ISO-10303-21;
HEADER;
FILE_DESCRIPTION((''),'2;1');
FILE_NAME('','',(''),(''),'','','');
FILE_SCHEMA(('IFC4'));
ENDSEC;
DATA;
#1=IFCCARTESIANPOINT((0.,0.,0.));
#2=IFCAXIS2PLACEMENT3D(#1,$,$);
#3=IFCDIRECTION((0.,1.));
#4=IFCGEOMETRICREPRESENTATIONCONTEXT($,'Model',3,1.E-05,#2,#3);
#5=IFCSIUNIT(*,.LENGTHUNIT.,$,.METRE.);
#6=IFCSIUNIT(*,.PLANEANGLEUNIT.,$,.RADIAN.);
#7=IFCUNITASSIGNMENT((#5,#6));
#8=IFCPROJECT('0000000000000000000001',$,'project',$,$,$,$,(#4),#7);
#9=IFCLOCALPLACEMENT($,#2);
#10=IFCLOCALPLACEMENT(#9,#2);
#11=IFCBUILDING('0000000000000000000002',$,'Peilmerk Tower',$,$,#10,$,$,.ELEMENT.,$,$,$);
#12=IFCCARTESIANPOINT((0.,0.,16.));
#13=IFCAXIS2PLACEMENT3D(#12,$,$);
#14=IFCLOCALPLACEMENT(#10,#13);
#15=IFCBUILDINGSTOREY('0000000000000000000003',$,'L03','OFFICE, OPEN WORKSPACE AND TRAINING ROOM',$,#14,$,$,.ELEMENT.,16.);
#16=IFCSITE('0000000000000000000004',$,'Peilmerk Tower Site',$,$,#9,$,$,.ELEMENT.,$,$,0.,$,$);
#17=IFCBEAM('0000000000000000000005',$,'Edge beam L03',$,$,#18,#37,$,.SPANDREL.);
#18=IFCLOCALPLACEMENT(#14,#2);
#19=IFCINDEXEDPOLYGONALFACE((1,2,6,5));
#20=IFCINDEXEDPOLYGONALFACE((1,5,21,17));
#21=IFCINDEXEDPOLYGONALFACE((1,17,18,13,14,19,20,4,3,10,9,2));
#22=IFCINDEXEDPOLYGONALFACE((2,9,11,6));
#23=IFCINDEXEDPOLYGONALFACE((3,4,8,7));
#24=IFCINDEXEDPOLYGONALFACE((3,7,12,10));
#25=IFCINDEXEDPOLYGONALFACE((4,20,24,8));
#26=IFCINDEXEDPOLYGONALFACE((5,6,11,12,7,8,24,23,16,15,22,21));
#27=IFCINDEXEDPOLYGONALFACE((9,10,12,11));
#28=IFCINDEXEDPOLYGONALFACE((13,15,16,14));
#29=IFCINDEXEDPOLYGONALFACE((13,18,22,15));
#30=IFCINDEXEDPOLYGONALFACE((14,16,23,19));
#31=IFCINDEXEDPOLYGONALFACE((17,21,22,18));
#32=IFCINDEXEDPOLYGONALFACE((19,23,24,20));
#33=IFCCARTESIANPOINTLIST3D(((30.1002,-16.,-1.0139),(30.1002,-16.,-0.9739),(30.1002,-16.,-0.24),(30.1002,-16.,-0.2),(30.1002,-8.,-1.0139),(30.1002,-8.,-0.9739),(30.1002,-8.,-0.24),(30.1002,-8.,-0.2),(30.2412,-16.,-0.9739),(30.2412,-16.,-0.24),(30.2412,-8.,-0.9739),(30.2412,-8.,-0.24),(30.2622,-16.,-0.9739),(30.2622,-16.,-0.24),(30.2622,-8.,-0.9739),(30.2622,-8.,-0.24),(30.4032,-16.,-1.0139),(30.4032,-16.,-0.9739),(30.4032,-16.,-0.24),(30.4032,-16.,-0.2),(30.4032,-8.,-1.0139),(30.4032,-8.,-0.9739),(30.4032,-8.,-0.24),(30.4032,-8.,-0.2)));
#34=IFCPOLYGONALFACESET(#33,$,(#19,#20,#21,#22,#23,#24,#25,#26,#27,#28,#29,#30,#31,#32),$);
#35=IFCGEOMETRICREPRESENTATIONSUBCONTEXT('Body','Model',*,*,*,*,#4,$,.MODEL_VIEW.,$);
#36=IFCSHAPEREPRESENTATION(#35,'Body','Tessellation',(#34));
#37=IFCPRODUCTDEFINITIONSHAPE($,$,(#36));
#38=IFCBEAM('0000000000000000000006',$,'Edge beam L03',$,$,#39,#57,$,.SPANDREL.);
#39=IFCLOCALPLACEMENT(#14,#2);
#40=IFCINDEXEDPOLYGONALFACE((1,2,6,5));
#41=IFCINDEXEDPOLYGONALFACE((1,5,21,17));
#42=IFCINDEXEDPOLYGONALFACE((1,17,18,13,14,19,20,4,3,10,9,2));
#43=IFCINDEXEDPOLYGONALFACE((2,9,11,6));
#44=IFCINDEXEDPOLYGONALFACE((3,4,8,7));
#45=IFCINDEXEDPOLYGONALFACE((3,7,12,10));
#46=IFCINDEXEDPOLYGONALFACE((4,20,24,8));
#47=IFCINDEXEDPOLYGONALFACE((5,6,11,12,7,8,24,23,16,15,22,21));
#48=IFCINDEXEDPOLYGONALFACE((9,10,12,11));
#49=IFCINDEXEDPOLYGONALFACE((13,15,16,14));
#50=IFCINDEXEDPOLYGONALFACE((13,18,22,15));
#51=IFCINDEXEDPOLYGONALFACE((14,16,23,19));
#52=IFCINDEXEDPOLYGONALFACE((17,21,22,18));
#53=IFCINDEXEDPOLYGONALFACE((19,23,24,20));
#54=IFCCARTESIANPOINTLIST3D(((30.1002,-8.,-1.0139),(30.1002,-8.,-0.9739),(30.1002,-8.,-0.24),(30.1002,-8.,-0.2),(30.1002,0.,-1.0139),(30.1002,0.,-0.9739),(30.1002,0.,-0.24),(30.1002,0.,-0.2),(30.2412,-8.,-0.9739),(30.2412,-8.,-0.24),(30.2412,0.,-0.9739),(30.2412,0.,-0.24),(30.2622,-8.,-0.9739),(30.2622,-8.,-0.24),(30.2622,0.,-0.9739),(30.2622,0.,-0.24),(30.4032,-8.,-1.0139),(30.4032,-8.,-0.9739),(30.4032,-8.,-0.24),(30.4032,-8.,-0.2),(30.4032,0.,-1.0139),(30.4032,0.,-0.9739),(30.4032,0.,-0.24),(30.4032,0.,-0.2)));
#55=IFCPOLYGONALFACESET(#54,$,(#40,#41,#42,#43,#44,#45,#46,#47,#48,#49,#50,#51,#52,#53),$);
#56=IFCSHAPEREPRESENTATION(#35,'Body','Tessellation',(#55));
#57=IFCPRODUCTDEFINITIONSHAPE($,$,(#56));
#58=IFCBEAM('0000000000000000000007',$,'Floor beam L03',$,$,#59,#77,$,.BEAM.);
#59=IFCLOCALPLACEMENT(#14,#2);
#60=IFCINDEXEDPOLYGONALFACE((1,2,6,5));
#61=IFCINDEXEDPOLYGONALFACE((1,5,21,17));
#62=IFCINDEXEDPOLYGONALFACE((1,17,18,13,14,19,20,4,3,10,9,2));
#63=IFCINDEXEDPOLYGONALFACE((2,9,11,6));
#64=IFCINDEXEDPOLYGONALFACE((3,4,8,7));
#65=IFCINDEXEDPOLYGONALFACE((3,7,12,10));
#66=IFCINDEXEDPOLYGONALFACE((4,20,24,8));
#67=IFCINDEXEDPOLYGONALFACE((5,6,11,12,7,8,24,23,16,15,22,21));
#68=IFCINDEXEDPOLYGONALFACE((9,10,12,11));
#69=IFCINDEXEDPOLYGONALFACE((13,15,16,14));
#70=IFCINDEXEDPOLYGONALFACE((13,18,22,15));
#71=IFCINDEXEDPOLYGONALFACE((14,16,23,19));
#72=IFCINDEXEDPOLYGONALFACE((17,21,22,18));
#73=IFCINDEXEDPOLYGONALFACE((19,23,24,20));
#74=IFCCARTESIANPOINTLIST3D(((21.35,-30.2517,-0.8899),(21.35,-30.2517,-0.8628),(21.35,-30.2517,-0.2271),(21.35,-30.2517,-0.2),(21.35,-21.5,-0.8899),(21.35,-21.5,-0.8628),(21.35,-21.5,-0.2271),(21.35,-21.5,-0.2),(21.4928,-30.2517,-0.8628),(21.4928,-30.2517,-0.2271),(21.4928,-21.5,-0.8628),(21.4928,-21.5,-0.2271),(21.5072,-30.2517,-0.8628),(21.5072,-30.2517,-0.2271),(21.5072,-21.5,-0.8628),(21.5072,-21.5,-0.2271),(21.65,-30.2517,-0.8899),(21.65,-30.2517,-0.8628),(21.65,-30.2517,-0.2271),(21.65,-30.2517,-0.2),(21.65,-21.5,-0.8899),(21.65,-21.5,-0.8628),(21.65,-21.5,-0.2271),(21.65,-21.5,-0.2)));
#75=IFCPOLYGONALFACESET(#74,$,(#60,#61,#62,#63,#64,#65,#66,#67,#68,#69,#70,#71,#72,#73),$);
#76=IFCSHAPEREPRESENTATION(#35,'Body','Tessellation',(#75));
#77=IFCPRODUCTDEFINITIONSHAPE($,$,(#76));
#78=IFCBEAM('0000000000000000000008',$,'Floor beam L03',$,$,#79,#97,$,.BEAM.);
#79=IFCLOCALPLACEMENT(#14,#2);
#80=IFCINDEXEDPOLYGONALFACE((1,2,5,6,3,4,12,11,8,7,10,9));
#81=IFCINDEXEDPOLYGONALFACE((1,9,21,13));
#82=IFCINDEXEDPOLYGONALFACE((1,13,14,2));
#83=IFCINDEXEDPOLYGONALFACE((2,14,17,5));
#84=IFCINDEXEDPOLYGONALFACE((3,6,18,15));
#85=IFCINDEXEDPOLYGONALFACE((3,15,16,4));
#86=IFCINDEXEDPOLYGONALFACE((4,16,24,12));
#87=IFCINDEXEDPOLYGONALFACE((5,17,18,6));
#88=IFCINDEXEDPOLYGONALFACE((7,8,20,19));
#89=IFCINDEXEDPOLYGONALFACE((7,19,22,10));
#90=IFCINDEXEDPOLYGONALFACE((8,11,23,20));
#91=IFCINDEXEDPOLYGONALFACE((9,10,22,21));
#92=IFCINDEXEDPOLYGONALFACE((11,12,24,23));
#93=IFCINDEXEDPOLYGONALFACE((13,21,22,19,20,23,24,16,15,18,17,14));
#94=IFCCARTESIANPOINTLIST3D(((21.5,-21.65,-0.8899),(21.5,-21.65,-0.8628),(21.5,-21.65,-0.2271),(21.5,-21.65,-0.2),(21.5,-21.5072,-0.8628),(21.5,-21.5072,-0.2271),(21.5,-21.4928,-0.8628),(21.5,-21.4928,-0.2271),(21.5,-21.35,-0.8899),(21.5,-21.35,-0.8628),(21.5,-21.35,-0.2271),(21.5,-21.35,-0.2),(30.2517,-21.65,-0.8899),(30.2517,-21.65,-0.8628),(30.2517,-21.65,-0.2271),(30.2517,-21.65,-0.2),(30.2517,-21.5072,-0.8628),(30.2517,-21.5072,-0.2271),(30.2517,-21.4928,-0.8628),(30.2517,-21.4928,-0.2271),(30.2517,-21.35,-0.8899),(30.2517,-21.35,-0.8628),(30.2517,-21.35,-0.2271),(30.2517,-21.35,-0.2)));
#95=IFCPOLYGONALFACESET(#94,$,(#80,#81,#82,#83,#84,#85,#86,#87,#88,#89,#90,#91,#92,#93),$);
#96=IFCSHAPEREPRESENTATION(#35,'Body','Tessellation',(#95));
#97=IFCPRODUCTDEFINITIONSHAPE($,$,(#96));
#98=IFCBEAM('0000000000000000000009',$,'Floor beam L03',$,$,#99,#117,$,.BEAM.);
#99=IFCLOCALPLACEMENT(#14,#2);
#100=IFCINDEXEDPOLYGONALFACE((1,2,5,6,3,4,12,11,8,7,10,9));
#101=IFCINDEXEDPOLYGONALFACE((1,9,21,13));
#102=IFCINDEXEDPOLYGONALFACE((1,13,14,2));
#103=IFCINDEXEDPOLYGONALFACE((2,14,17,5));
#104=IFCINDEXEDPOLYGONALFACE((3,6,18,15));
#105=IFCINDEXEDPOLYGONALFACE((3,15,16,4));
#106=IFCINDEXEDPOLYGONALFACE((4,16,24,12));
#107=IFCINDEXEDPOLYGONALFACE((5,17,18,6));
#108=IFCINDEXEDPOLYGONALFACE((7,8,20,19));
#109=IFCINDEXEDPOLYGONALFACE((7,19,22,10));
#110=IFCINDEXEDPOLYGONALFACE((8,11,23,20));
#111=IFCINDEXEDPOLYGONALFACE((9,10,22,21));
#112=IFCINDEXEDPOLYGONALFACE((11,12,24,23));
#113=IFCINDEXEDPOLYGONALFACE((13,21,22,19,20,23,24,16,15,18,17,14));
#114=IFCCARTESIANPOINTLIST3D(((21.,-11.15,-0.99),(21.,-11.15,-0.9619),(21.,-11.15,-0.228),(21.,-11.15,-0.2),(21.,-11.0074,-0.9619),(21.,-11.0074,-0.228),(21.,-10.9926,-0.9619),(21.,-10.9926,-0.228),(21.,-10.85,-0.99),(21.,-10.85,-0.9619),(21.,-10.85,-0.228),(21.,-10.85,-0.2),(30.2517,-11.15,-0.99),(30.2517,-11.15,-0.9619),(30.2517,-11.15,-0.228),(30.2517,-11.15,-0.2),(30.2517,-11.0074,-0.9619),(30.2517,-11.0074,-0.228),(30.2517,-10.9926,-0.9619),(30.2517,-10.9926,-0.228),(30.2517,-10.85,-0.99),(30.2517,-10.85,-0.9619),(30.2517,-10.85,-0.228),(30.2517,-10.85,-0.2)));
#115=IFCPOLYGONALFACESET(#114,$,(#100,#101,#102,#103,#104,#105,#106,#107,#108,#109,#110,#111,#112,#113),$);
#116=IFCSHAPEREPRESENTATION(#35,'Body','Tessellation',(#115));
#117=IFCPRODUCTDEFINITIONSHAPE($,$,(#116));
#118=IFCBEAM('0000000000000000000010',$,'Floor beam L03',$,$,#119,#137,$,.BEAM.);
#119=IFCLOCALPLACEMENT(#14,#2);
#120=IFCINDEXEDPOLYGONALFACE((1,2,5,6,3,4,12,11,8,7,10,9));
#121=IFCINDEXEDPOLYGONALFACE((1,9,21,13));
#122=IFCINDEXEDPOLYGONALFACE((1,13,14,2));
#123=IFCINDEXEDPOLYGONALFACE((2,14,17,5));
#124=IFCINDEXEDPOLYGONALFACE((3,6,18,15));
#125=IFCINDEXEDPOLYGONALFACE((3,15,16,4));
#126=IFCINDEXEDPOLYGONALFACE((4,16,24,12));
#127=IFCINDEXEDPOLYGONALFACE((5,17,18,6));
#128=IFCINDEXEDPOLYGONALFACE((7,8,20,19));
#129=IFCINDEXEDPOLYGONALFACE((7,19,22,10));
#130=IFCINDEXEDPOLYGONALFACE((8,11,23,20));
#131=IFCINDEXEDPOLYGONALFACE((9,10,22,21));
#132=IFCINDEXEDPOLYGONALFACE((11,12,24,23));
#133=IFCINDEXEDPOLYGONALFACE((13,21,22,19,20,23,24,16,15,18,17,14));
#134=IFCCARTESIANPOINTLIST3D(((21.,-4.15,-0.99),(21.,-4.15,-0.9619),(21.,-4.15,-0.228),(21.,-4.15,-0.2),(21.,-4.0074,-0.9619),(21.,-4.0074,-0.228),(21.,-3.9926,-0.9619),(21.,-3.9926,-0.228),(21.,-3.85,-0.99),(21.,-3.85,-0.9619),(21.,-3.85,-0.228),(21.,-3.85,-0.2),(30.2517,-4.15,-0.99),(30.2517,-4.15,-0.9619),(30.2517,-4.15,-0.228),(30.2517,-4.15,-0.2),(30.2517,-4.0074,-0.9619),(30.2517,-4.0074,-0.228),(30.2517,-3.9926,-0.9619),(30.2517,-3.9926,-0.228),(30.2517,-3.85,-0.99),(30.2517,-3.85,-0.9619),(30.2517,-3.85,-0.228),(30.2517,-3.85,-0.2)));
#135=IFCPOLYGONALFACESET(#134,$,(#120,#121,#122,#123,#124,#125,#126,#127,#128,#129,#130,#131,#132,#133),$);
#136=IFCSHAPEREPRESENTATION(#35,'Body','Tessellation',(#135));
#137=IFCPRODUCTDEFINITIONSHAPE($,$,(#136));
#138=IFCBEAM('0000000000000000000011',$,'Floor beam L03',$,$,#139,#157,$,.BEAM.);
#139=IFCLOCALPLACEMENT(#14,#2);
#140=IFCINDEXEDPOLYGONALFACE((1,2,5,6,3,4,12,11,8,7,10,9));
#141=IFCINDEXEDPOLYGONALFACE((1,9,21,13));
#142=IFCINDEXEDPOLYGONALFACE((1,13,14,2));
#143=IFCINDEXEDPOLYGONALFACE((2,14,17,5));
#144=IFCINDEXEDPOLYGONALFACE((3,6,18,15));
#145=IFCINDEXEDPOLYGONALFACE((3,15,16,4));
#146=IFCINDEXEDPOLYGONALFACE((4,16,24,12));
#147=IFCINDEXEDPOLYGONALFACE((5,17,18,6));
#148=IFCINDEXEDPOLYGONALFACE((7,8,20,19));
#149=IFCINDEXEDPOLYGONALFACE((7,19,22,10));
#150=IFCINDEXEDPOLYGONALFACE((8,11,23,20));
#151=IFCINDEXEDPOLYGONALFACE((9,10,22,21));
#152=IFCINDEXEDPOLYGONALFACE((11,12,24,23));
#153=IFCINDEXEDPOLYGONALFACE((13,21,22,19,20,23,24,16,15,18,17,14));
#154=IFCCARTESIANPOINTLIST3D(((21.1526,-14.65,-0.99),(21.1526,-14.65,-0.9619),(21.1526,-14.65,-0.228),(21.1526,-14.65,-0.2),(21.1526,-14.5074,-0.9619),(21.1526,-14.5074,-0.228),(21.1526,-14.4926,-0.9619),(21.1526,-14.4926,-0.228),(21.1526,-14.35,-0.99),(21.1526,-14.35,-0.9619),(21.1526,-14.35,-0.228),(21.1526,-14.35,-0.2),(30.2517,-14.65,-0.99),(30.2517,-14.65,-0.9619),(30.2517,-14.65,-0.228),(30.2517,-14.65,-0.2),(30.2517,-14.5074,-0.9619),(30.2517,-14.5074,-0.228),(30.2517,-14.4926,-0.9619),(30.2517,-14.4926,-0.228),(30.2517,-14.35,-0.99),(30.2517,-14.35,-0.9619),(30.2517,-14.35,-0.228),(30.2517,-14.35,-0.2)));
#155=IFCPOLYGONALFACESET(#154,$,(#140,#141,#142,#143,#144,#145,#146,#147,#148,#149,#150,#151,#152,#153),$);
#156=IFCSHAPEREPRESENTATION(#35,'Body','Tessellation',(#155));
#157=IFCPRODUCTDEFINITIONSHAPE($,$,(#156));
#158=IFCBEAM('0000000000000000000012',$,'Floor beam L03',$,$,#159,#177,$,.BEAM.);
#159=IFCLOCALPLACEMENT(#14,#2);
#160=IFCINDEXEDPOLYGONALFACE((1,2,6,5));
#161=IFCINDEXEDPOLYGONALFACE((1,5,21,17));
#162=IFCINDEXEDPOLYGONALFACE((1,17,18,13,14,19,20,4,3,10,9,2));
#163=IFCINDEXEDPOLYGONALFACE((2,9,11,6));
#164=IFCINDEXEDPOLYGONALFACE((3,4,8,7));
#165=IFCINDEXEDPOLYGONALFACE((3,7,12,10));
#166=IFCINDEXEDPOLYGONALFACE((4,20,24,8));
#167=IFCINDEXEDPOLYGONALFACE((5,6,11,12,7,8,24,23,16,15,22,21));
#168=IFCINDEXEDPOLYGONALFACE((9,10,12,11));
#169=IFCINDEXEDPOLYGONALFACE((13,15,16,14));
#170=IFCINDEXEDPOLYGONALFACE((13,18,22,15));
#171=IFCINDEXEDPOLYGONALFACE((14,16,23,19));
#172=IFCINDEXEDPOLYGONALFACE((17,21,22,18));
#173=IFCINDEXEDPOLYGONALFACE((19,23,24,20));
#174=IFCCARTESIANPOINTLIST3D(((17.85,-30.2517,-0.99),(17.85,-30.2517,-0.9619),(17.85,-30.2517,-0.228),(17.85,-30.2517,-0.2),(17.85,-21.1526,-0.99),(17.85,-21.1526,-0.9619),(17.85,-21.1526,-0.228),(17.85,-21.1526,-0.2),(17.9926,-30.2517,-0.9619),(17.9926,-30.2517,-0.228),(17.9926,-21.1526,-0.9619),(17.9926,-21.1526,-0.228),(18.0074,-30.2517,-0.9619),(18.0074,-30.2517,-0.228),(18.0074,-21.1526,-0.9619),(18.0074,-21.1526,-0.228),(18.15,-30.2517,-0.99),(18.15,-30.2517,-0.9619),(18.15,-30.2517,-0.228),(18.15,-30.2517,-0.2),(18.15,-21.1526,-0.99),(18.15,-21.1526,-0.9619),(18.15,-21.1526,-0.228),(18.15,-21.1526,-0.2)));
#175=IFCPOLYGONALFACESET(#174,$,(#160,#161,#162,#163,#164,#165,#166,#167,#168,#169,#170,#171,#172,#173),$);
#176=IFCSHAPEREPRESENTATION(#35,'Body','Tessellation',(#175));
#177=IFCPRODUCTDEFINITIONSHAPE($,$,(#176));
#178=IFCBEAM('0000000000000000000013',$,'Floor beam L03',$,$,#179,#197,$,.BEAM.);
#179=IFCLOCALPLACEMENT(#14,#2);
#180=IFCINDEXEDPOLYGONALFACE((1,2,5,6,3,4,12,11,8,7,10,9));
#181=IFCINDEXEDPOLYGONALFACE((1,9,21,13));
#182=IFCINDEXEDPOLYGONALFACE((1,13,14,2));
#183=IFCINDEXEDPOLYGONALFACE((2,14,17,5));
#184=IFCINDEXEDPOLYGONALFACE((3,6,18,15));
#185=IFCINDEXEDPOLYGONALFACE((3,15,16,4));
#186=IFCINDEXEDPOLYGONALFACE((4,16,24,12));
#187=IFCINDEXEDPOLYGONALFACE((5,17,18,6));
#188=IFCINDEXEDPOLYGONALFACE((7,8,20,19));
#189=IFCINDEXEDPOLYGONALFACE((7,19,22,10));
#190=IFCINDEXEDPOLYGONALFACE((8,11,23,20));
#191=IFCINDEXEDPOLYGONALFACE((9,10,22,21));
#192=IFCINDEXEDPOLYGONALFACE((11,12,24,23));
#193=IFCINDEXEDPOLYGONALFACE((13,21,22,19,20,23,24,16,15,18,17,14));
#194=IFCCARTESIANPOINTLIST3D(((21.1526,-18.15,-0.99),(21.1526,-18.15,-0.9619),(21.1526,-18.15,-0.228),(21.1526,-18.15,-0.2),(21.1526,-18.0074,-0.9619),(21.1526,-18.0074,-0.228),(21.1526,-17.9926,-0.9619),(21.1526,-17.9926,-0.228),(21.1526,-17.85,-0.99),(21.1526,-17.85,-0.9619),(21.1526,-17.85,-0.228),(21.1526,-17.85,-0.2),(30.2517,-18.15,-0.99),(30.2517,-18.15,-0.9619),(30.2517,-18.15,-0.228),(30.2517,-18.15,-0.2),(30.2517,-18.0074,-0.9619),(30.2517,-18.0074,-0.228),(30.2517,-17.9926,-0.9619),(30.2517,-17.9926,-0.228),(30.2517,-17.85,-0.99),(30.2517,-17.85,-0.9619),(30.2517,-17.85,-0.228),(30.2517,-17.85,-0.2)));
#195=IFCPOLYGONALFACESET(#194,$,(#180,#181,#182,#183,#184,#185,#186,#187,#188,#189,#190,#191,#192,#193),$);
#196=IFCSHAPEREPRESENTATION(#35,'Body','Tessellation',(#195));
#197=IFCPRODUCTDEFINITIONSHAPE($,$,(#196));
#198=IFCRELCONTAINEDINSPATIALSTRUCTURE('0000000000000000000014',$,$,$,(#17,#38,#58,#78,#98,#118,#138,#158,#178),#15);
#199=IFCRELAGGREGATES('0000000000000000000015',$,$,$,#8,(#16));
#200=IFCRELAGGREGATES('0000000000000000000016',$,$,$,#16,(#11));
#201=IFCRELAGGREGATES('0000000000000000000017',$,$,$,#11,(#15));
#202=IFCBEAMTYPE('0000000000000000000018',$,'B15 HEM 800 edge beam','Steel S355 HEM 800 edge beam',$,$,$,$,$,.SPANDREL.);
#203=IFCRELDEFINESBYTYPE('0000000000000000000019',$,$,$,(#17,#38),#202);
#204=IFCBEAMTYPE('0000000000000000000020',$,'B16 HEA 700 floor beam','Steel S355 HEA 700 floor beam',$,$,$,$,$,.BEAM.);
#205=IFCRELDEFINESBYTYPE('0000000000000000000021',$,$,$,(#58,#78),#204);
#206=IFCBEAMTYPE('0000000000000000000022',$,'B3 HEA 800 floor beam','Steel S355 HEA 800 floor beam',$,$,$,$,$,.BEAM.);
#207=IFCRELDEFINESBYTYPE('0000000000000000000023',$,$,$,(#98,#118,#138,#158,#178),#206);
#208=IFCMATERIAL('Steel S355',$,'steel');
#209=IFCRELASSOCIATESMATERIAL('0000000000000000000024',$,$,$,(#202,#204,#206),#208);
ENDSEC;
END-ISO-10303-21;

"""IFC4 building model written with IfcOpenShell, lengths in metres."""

from ifc_helpers import new_model, si_unit, direction, frame, origin, origin_2d, place, context, subcontext, project, spatial, i_section, extrude, material, material_profile, profile_set, type_object, element, save


model = new_model("IFC4")

# Units and contexts
model_context = context("Model", 3, precision=1e-05, world=origin(), true_north=direction((0.0, 1.0)))
body_context = subcontext(model_context, "Body", "Model", "MODEL_VIEW")
ifc_project = project(units=[si_unit("LENGTHUNIT", "METRE"), si_unit("PLANEANGLEUNIT", "RADIAN")], contexts=[model_context])

# Site, building, storey
site_placement = place(None, origin())
site = spatial("IfcSite", under=ifc_project, at=site_placement, Name="Peilmerk Tower Site", CompositionType="ELEMENT", RefElevation=0.0)
building_placement = place(site_placement, origin())
building = spatial("IfcBuilding", under=site, at=building_placement, Name="Peilmerk Tower", CompositionType="ELEMENT")
storey_placement = place(building_placement, frame((0.0, 0.0, 16.0)))
storey = spatial("IfcBuildingStorey", under=building, at=storey_placement, Name="L03", Description="OFFICE, OPEN WORKSPACE AND TRAINING ROOM", CompositionType="ELEMENT", Elevation=16.0)

# Beams
ifc_material_1 = material(Name="Steel S355", Category="steel")
ifc_material_profile_1 = material_profile(ifc_material_1, i_section(OverallWidth=0.303, OverallDepth=0.814, WebThickness=0.021, FlangeThickness=0.04, at=origin_2d()), Name="HEM 800")
ifc_profile_set_1 = profile_set([ifc_material_profile_1], Name="Steel S355")
beam_type_1 = type_object("IfcBeamType", Name="B15 HEM 800 edge beam", Description="Steel S355 HEM 800 edge beam", PredefinedType="SPANDREL", material=ifc_profile_set_1)
for number, where, z_axis, x_axis, name in (
    (1, (30.2517, -16.0, -0.6069), (0.0, 1.0, 0.0), (-1.0, 0.0, 0.0), "Edge beam L03"),
    (2, (30.2517, -8.0, -0.6069), (0.0, 1.0, 0.0), (-1.0, 0.0, 0.0), "Edge beam L03"),
):
    element("IfcBeam", number, at=place(storey_placement, frame(where, z_axis=z_axis, x_axis=x_axis)), inside=storey, type_object=beam_type_1, Name=name, PredefinedType="SPANDREL", context=body_context, shape_type="SweptSolid", body=[
        extrude(i_section(OverallWidth=0.303, OverallDepth=0.814, WebThickness=0.021, FlangeThickness=0.04, at=origin_2d()), origin(), (0.0, 0.0, 1.0), 8.0),
    ])
ifc_material_profile_2 = material_profile(ifc_material_1, i_section(OverallWidth=0.3, OverallDepth=0.6899, WebThickness=0.0144, FlangeThickness=0.0271, at=origin_2d()), Name="HEA 700")
ifc_profile_set_2 = profile_set([ifc_material_profile_2], Name="Steel S355")
beam_type_2 = type_object("IfcBeamType", Name="B16 HEA 700 floor beam", Description="Steel S355 HEA 700 floor beam", PredefinedType="BEAM", material=ifc_profile_set_2)
for number, where, z_axis, x_axis, name in (
    (3, (21.5, -21.5, -0.5449), (0.0, -1.0, 0.0), (1.0, 0.0, 0.0), "Floor beam L03"),
    (4, (21.5, -21.5, -0.5449), (1.0, 0.0, 0.0), (0.0, 1.0, 0.0), "Floor beam L03"),
):
    element("IfcBeam", number, at=place(storey_placement, frame(where, z_axis=z_axis, x_axis=x_axis)), inside=storey, type_object=beam_type_2, Name=name, PredefinedType="BEAM", context=body_context, shape_type="SweptSolid", body=[
        extrude(i_section(OverallWidth=0.3, OverallDepth=0.6899, WebThickness=0.0144, FlangeThickness=0.0271, at=origin_2d()), origin(), (0.0, 0.0, 1.0), 8.7517),
    ])
ifc_material_profile_3 = material_profile(ifc_material_1, i_section(OverallWidth=0.3, OverallDepth=0.79, WebThickness=0.0149, FlangeThickness=0.0281, at=origin_2d()), Name="HEA 800")
ifc_profile_set_3 = profile_set([ifc_material_profile_3], Name="Steel S355")
beam_type_3 = type_object("IfcBeamType", Name="B3 HEA 800 floor beam", Description="Steel S355 HEA 800 floor beam", PredefinedType="BEAM", material=ifc_profile_set_3)
for number, where, z_axis, x_axis, name in (
    (5, (21.0, -11.0, -0.595), (1.0, 0.0, 0.0), (0.0, 1.0, 0.0), "Floor beam L03"),
    (6, (21.0, -4.0, -0.595), (1.0, 0.0, 0.0), (0.0, 1.0, 0.0), "Floor beam L03"),
):
    element("IfcBeam", number, at=place(storey_placement, frame(where, z_axis=z_axis, x_axis=x_axis)), inside=storey, type_object=beam_type_3, Name=name, PredefinedType="BEAM", context=body_context, shape_type="SweptSolid", body=[
        extrude(i_section(OverallWidth=0.3, OverallDepth=0.79, WebThickness=0.0149, FlangeThickness=0.0281, at=origin_2d()), origin(), (0.0, 0.0, 1.0), 9.2517),
    ])
for number, where, z_axis, x_axis, name in (
    (7, (21.1526, -14.5, -0.595), (1.0, 0.0, 0.0), (0.0, 1.0, 0.0), "Floor beam L03"),
    (8, (18.0, -21.1526, -0.595), (0.0, -1.0, 0.0), (1.0, 0.0, 0.0), "Floor beam L03"),
    (9, (21.1526, -18.0, -0.595), (1.0, 0.0, 0.0), (0.0, 1.0, 0.0), "Floor beam L03"),
):
    element("IfcBeam", number, at=place(storey_placement, frame(where, z_axis=z_axis, x_axis=x_axis)), inside=storey, type_object=beam_type_3, Name=name, PredefinedType="BEAM", context=body_context, shape_type="SweptSolid", body=[
        extrude(i_section(OverallWidth=0.3, OverallDepth=0.79, WebThickness=0.0149, FlangeThickness=0.0281, at=origin_2d()), origin(), (0.0, 0.0, 1.0), 9.0991),
    ])

save(model, "model.ifc")
